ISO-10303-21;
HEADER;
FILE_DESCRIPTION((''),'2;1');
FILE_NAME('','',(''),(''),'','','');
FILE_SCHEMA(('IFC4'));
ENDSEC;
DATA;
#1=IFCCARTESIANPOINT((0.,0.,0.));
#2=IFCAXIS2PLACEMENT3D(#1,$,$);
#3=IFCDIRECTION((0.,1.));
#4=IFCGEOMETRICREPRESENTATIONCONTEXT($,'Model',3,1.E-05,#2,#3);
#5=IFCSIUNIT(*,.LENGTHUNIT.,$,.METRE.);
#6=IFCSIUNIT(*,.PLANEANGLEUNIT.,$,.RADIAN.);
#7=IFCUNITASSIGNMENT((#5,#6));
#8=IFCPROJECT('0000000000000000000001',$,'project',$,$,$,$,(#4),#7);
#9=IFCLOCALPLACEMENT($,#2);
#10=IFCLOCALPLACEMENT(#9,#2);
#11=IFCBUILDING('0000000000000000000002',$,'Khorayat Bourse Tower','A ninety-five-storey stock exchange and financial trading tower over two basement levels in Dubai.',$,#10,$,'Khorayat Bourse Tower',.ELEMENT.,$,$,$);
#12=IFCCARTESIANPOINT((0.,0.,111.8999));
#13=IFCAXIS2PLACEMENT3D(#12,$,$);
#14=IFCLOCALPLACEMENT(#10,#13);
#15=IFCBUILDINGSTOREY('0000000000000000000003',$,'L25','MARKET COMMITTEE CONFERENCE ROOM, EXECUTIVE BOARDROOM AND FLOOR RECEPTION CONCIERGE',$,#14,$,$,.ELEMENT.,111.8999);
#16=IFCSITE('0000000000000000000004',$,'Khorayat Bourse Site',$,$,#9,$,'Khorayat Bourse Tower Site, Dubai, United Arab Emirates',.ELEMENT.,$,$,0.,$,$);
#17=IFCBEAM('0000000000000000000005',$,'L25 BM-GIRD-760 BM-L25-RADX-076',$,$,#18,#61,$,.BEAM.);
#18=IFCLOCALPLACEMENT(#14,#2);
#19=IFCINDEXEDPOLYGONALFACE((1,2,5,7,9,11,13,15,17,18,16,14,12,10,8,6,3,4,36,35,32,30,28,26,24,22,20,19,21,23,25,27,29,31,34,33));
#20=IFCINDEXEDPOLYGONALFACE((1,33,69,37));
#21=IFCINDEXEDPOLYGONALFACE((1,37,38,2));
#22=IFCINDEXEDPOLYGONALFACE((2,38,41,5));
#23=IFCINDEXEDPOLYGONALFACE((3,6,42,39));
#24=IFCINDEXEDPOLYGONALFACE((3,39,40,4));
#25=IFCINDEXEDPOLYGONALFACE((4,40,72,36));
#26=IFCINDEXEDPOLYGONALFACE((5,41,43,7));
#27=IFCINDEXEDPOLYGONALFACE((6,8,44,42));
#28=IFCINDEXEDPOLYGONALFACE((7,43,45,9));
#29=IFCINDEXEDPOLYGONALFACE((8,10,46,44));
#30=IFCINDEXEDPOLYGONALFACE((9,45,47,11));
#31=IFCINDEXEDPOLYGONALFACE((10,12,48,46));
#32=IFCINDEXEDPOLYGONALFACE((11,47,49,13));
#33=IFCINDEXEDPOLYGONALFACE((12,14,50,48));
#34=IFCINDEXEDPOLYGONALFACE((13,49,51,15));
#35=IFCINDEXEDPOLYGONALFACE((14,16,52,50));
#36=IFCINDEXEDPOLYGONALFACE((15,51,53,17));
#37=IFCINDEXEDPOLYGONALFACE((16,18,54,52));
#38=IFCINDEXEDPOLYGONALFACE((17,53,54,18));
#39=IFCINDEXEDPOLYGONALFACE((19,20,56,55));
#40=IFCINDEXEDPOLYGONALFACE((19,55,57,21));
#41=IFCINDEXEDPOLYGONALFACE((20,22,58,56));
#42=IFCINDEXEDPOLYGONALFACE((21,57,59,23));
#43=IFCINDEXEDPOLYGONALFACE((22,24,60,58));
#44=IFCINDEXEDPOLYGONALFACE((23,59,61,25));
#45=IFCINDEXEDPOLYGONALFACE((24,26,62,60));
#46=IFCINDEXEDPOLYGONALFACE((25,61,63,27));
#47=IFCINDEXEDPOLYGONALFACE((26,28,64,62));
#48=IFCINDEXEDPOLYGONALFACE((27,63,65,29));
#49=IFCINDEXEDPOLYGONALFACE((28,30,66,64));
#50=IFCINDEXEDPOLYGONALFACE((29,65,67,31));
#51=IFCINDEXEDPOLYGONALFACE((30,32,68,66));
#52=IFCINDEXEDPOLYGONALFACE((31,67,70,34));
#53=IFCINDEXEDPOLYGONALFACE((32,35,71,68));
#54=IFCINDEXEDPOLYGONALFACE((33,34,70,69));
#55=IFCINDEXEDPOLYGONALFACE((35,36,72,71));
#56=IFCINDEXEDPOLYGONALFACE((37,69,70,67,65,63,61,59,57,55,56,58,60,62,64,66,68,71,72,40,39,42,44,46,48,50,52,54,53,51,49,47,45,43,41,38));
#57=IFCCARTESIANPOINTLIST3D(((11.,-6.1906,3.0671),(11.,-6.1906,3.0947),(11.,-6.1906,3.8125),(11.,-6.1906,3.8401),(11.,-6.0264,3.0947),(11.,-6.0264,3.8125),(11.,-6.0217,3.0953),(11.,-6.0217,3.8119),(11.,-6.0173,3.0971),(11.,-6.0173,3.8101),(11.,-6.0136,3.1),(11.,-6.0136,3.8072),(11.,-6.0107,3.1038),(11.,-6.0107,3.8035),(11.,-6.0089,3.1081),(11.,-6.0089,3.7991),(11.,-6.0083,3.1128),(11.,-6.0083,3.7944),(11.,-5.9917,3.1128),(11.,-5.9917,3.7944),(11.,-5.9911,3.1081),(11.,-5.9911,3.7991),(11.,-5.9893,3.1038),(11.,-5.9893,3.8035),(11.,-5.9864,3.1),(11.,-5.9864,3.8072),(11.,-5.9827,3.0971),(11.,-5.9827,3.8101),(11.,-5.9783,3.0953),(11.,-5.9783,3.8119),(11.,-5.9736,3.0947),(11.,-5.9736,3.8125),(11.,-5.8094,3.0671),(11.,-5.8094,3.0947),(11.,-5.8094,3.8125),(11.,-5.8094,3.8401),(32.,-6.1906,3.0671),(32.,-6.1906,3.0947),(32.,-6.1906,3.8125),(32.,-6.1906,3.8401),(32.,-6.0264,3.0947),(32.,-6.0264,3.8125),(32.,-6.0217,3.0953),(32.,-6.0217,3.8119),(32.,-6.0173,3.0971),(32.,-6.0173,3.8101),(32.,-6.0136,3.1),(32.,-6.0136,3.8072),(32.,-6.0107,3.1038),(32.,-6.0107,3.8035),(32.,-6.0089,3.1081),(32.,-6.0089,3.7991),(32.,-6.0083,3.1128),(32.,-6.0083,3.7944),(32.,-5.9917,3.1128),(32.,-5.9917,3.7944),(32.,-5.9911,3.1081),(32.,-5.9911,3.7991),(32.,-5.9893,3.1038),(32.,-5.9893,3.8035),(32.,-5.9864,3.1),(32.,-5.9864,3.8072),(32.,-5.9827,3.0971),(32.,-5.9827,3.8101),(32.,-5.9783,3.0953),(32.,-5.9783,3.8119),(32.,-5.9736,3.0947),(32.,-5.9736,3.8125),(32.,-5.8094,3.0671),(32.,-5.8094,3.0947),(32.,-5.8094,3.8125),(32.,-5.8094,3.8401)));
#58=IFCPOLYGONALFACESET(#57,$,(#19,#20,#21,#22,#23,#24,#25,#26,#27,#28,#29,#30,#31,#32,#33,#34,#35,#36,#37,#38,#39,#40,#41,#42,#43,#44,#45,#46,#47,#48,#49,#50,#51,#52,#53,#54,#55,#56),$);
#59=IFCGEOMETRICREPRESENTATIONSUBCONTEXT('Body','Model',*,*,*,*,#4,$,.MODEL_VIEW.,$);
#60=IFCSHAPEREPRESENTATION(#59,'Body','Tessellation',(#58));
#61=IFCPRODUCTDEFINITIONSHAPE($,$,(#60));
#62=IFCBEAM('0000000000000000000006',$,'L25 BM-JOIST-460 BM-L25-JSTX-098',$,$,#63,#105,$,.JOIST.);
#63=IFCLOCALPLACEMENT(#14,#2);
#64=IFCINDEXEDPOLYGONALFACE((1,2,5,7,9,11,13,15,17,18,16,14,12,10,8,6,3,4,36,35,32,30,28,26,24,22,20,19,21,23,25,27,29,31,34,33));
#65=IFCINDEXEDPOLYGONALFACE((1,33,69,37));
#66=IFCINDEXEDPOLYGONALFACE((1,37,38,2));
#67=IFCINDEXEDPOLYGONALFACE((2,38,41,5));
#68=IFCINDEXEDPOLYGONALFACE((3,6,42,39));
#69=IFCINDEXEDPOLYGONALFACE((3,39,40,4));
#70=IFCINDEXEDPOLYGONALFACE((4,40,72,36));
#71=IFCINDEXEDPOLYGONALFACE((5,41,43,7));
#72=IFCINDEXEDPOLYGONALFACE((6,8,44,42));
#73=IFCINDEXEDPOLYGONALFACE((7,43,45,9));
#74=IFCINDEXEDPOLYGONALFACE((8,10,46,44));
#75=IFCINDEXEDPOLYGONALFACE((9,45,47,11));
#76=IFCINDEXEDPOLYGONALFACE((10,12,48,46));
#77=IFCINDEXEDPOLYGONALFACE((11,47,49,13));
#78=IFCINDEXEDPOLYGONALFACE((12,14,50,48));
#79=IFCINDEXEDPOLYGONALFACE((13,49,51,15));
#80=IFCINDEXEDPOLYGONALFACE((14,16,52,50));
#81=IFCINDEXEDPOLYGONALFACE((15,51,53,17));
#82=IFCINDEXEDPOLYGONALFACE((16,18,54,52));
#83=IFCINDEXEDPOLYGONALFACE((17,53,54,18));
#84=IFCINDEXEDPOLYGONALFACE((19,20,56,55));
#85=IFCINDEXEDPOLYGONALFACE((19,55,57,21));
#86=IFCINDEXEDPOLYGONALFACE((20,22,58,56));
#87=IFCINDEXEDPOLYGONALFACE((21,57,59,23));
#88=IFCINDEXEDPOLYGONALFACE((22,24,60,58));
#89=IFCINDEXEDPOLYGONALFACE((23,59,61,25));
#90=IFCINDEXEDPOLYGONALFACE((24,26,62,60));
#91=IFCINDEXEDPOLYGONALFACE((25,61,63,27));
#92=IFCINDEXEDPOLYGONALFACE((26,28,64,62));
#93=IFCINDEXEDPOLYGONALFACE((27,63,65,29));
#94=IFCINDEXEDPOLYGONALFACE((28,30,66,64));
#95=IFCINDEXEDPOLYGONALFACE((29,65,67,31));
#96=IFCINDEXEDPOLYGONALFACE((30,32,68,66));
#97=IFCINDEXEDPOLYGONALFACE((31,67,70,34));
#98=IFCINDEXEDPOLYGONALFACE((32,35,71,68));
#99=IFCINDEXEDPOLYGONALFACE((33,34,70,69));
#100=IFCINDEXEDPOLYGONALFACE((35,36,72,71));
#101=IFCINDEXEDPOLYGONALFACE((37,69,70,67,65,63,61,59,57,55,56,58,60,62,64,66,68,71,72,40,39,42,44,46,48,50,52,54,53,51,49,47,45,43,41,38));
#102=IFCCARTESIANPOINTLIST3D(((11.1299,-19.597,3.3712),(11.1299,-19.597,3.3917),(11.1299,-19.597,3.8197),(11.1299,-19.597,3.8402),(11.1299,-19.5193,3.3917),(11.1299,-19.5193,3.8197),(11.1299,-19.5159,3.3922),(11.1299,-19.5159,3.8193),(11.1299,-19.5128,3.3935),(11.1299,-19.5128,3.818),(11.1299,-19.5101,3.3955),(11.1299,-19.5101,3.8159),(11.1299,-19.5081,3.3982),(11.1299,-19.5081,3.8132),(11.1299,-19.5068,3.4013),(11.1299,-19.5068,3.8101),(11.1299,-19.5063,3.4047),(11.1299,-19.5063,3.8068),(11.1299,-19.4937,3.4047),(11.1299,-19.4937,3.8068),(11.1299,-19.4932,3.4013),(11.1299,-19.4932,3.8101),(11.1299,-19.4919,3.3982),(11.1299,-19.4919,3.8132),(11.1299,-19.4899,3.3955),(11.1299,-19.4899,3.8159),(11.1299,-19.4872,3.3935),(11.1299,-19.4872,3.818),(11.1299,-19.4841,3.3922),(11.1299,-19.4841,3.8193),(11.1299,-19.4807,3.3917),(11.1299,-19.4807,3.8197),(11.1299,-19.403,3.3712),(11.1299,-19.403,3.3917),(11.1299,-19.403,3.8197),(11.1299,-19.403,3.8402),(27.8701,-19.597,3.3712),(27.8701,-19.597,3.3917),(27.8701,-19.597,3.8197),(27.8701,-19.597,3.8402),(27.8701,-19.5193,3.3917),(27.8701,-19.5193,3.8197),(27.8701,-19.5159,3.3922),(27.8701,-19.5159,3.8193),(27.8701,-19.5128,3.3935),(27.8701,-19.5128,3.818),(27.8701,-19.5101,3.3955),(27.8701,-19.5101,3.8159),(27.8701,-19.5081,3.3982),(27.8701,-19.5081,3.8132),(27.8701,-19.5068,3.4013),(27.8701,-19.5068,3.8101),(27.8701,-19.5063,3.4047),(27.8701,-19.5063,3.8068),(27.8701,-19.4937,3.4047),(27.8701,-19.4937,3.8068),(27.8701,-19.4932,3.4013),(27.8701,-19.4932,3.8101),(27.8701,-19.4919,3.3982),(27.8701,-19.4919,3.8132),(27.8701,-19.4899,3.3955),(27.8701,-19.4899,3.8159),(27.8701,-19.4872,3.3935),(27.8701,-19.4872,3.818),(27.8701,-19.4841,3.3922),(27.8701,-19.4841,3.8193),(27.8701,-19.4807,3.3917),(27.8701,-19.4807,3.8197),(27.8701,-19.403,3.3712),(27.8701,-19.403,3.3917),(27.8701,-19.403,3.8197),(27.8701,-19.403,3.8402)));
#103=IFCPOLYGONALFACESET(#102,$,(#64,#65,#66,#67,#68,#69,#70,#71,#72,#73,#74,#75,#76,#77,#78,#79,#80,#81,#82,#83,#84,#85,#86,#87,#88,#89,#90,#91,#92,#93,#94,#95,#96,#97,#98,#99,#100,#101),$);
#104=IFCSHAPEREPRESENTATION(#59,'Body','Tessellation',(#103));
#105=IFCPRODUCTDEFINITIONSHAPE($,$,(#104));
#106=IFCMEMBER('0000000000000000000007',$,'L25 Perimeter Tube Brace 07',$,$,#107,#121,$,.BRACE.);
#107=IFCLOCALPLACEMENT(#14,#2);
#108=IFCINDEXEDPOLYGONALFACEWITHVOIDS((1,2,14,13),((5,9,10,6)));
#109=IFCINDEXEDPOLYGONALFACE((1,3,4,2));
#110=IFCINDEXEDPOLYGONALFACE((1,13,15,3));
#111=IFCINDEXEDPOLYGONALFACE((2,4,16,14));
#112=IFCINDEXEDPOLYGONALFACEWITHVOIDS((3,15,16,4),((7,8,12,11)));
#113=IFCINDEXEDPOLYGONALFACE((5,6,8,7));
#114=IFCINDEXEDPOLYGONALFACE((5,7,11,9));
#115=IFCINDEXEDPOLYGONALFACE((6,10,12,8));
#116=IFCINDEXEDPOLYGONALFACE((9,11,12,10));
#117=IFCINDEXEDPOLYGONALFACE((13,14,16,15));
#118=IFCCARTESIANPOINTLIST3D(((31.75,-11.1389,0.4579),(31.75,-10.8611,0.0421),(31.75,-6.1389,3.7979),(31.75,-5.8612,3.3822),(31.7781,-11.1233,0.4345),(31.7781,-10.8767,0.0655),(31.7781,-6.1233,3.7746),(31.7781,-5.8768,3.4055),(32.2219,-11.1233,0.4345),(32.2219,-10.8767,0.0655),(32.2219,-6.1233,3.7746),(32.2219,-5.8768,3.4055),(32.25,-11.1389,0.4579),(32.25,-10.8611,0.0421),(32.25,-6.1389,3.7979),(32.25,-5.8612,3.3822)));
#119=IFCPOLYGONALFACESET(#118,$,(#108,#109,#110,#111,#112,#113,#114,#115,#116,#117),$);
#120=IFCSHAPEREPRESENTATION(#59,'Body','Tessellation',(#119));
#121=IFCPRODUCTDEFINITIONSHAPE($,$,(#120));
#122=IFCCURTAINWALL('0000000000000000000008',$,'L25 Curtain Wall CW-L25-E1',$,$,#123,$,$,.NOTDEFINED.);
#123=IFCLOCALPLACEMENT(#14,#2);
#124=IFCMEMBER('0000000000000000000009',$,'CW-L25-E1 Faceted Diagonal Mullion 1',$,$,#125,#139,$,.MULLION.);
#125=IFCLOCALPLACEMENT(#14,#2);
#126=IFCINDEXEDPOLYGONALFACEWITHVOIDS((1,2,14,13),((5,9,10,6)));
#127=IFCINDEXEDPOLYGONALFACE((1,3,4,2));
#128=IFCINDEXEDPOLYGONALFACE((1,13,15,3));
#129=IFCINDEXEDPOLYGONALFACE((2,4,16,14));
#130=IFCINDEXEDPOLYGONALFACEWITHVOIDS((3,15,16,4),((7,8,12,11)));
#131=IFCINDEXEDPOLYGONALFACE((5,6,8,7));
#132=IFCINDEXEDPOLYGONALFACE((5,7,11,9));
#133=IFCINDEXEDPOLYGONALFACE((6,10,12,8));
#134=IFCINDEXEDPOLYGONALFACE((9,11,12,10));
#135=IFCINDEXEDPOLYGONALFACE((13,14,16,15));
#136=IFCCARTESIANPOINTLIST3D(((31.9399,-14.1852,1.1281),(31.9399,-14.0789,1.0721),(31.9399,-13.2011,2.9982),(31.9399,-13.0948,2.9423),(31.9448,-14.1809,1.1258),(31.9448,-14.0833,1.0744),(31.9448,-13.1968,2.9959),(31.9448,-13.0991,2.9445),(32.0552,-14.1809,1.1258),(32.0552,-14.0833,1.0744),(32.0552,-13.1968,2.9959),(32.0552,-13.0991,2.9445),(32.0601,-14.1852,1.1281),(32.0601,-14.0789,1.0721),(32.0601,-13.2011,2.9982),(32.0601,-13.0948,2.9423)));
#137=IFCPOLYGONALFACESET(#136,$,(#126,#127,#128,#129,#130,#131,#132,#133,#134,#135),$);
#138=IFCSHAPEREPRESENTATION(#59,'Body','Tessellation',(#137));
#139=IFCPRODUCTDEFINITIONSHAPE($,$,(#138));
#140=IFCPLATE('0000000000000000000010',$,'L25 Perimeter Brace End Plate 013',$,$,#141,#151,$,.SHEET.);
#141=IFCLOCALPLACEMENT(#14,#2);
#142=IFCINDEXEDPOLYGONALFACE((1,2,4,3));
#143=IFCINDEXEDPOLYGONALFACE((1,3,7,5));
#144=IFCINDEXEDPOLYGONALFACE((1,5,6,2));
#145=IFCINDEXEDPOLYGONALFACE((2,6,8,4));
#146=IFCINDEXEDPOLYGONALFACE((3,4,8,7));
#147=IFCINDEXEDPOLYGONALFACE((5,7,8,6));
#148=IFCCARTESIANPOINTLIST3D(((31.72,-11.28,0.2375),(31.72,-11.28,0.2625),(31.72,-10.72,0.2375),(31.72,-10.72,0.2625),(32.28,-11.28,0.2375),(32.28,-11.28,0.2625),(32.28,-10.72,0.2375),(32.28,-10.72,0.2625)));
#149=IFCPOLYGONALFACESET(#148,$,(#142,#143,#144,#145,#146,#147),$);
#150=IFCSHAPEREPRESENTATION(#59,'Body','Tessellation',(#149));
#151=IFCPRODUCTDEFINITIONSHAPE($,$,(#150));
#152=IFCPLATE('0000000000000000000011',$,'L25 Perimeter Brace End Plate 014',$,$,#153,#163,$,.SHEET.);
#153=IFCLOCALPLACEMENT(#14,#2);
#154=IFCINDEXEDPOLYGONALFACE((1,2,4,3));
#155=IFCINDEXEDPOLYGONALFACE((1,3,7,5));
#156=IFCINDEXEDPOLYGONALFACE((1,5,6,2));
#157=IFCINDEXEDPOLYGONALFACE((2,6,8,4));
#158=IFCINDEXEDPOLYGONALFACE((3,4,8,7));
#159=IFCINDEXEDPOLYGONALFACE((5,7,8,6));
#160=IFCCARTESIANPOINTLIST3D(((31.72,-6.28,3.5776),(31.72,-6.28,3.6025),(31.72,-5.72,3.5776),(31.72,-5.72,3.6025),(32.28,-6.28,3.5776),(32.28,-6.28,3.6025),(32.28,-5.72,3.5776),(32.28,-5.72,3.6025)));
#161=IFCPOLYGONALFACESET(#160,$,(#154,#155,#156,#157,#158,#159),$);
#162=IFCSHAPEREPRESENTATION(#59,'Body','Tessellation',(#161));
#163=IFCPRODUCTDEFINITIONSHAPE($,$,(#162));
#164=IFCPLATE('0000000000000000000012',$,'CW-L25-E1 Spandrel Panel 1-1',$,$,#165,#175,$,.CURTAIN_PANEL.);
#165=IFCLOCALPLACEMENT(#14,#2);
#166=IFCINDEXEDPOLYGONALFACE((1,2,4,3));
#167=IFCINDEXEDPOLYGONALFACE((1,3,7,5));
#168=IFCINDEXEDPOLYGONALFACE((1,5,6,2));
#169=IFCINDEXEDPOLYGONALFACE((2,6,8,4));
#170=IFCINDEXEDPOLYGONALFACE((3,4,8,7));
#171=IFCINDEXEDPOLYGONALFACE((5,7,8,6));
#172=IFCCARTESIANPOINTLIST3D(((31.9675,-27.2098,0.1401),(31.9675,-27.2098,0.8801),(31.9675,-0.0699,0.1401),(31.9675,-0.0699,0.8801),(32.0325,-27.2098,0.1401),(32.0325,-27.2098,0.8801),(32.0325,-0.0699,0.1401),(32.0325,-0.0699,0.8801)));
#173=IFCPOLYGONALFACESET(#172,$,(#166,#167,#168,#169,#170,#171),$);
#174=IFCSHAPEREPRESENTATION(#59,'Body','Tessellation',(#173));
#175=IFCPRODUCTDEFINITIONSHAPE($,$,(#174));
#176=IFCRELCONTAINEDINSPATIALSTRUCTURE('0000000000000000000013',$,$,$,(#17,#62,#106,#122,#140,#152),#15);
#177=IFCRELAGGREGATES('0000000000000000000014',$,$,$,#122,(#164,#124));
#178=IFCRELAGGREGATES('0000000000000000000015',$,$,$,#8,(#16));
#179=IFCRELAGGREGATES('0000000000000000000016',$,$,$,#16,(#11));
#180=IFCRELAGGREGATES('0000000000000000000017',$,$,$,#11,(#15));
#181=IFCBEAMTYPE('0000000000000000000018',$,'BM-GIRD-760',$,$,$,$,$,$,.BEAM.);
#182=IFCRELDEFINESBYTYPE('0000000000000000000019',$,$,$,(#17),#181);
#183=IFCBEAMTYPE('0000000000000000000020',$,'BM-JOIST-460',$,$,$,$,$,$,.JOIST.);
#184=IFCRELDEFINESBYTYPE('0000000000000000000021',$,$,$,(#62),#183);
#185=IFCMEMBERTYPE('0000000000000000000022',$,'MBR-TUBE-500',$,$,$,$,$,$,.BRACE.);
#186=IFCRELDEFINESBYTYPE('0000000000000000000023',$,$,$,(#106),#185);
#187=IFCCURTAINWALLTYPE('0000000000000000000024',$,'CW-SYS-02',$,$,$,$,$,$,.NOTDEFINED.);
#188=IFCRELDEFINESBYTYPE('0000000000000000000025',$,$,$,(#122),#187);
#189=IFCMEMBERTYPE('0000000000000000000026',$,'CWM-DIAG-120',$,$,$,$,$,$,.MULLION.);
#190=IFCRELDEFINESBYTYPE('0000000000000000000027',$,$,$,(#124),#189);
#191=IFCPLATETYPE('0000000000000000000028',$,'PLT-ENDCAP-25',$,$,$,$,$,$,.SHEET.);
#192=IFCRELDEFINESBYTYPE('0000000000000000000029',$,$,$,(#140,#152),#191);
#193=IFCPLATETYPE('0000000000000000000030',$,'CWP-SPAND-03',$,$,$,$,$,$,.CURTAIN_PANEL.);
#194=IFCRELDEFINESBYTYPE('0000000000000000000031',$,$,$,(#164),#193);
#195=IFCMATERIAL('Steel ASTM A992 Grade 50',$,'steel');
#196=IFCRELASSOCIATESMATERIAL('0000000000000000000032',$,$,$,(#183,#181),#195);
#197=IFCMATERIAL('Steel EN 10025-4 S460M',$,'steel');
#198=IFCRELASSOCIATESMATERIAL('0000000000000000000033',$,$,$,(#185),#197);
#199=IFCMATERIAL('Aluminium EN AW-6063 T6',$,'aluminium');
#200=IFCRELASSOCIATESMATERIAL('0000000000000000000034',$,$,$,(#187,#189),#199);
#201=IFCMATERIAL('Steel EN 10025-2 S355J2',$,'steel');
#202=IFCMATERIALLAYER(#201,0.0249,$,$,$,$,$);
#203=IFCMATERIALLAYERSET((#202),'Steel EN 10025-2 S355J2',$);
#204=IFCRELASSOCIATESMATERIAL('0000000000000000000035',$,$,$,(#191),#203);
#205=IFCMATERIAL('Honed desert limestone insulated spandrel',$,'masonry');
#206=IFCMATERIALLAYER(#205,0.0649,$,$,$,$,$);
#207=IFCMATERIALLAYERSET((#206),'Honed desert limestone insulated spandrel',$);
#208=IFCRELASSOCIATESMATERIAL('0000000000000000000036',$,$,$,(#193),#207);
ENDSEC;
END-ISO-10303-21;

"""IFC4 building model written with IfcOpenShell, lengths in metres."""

from ifc_helpers import new_model, si_unit, direction, frame, origin, origin_2d, place, context, subcontext, project, spatial, rectangle, hollow_rectangle, i_section, extrude, source, transform, mapped, material, layer, layer_set, material_profile, profile_set, type_object, element, aggregate, save


model = new_model("IFC4")

# Units and contexts
model_context = context("Model", 3, precision=1e-05, world=origin(), true_north=direction((0.0, 1.0)))
body_context = subcontext(model_context, "Body", "Model", "MODEL_VIEW")
ifc_project = project(units=[si_unit("LENGTHUNIT", "METRE"), si_unit("PLANEANGLEUNIT", "RADIAN")], contexts=[model_context])

# Site, building, storey
site_placement = place(None, origin())
site = spatial("IfcSite", under=ifc_project, at=site_placement, Name="Khorayat Bourse Site", LongName="Khorayat Bourse Tower Site, Dubai, United Arab Emirates", CompositionType="ELEMENT", RefElevation=0.0)
building_placement = place(site_placement, origin())
building = spatial("IfcBuilding", under=site, at=building_placement, Name="Khorayat Bourse Tower", Description="A ninety-five-storey stock exchange and financial trading tower over two basement levels in Dubai.", LongName="Khorayat Bourse Tower", CompositionType="ELEMENT")
storey_placement = place(building_placement, frame((0.0, 0.0, 111.8999)))
storey = spatial("IfcBuildingStorey", under=building, at=storey_placement, Name="L25", Description="MARKET COMMITTEE CONFERENCE ROOM, EXECUTIVE BOARDROOM AND FLOOR RECEPTION CONCIERGE", CompositionType="ELEMENT", Elevation=111.8999)

# Shared definitions
ifc_material_1 = material(Name="Steel EN 10025-4 S460M", Category="steel")

# Beams
ifc_material_2 = material(Name="Steel ASTM A992 Grade 50", Category="steel")
ifc_material_profile_1 = material_profile(ifc_material_2, i_section(OverallWidth=0.1941, OverallDepth=0.469, WebThickness=0.0127, FlangeThickness=0.0205, FilletRadius=0.0129, at=origin_2d()), Name="W460X106")
ifc_profile_set_1 = profile_set([ifc_material_profile_1], Name="Steel ASTM A992 Grade 50")
beam_type_1 = type_object("IfcBeamType", Name="BM-JOIST-460", PredefinedType="JOIST", material=ifc_profile_set_1)
ifc_material_profile_2 = material_profile(ifc_material_2, i_section(OverallWidth=0.3811, OverallDepth=0.7729, WebThickness=0.0166, FlangeThickness=0.0276, FilletRadius=0.0181, at=origin_2d()), Name="W760X257")
ifc_profile_set_2 = profile_set([ifc_material_profile_2], Name="Steel ASTM A992 Grade 50")
beam_type_2 = type_object("IfcBeamType", Name="BM-GIRD-760", PredefinedType="BEAM", material=ifc_profile_set_2)
shared_shape_1 = source(origin(), body_context, "Body", "SweptSolid", [
    extrude(i_section(OverallWidth=0.3811, OverallDepth=0.7729, WebThickness=0.0166, FlangeThickness=0.0276, FilletRadius=0.0181, at=origin_2d()), origin(), (0.0, 0.0, 1.0), 21.0),
])
beam_1_placement = place(storey_placement, frame((11.0, -6.0, 3.4536), z_axis=(1.0, 0.0, 0.0), x_axis=(0.0, 1.0, 0.0)))
element("IfcBeam", 1, at=beam_1_placement, inside=storey, type_object=beam_type_2, Name="L25 BM-GIRD-760 BM-L25-RADX-076", PredefinedType="BEAM", context=body_context, shape_type="MappedRepresentation", body=[
    mapped(shared_shape_1, transform((0.0, 0.0, 0.0), scale=1.0)),
])
shared_shape_2 = source(origin(), body_context, "Body", "SweptSolid", [
    extrude(i_section(OverallWidth=0.1941, OverallDepth=0.469, WebThickness=0.0127, FlangeThickness=0.0205, FilletRadius=0.0129, at=origin_2d()), origin(), (0.0, 0.0, 1.0), 16.7402),
])
beam_2_placement = place(storey_placement, frame((11.1299, -19.5, 3.6057), z_axis=(1.0, 0.0, 0.0), x_axis=(0.0, 1.0, 0.0)))
element("IfcBeam", 2, at=beam_2_placement, inside=storey, type_object=beam_type_1, Name="L25 BM-JOIST-460 BM-L25-JSTX-098", PredefinedType="JOIST", context=body_context, shape_type="MappedRepresentation", body=[
    mapped(shared_shape_2, transform((0.0, 0.0, 0.0), scale=1.0)),
])

# Member
ifc_material_profile_3 = material_profile(ifc_material_1, hollow_rectangle(XDim=0.5, YDim=0.5, WallThickness=0.0281, at=origin_2d()), Name="HSS 500x500x28")
ifc_profile_set_3 = profile_set([ifc_material_profile_3], Name="Steel EN 10025-4 S460M")
member_type_1 = type_object("IfcMemberType", Name="MBR-TUBE-500", PredefinedType="BRACE", material=ifc_profile_set_3)
shared_shape_3 = source(origin(), body_context, "Body", "SweptSolid", [
    extrude(hollow_rectangle(XDim=0.5, YDim=0.5, WallThickness=0.0281, at=origin_2d()), origin(), (0.0, 0.0, 1.0), 6.0129),
])
member_1_placement = place(storey_placement, frame((32.0, -11.0, 0.25), z_axis=(0.0, 0.831531, 0.555478), x_axis=(-1.0, 0.0, 0.0)))
element("IfcMember", 3, at=member_1_placement, inside=storey, type_object=member_type_1, Name="L25 Perimeter Tube Brace 07", PredefinedType="BRACE", context=body_context, shape_type="MappedRepresentation", body=[
    mapped(shared_shape_3, transform((0.0, 0.0, 0.0), scale=1.0)),
])

# Curtain wall, member
ifc_material_3 = material(Name="Aluminium EN AW-6063 T6", Category="aluminium")
curtain_wall_type = type_object("IfcCurtainWallType", Name="CW-SYS-02", PredefinedType="NOTDEFINED", material=ifc_material_3)
curtain_wall_placement = place(storey_placement, origin())
curtain_wall = element("IfcCurtainWall", 4, at=curtain_wall_placement, inside=storey, type_object=curtain_wall_type, Name="L25 Curtain Wall CW-L25-E1", PredefinedType="NOTDEFINED")
ifc_material_profile_4 = material_profile(ifc_material_3, hollow_rectangle(XDim=0.1201, YDim=0.1201, WallThickness=0.0049, at=origin_2d()), Name="ALU 120x120x5")
ifc_profile_set_4 = profile_set([ifc_material_profile_4], Name="Aluminium EN AW-6063 T6")
member_type_2 = type_object("IfcMemberType", Name="CWM-DIAG-120", PredefinedType="MULLION", material=ifc_profile_set_4)
shared_shape_4 = source(origin(), body_context, "Body", "SweptSolid", [
    extrude(hollow_rectangle(XDim=0.1201, YDim=0.1201, WallThickness=0.0049, at=origin_2d()), origin(), (0.0, 0.0, 1.0), 2.1133),
])
member_2_placement = place(storey_placement, frame((32.0, -14.1321, 1.1001), z_axis=(0.0, 0.465694, 0.884946), x_axis=(-1.0, 0.0, 0.0)))
member_2 = element("IfcMember", 5, at=member_2_placement, type_object=member_type_2, Name="CW-L25-E1 Faceted Diagonal Mullion 1", PredefinedType="MULLION", context=body_context, shape_type="MappedRepresentation", body=[
    mapped(shared_shape_4, transform((0.0, 0.0, 0.0), scale=1.0)),
])

# Plates
ifc_material_4 = material(Name="Steel EN 10025-2 S355J2", Category="steel")
ifc_layer_1 = layer(ifc_material_4, 0.0249)
ifc_layer_set_1 = layer_set([ifc_layer_1], Name="Steel EN 10025-2 S355J2")
plate_type_1 = type_object("IfcPlateType", Name="PLT-ENDCAP-25", PredefinedType="SHEET", material=ifc_layer_set_1)
shared_shape_5 = source(origin(), body_context, "Body", "SweptSolid", [
    extrude(rectangle(XDim=0.5601, YDim=0.5601, at=origin_2d()), origin(), (0.0, 0.0, 1.0), 0.0249),
])
for number, where, z_axis, x_axis, name in (
    (6, (32.0, -11.0, 0.2375), (0.0, 0.0, 1.0), (1.0, 0.0, 0.0), "L25 Perimeter Brace End Plate 013"),
    (7, (32.0, -6.0, 3.5776), (0.0, 0.0, 1.0), (1.0, 0.0, 0.0), "L25 Perimeter Brace End Plate 014"),
):
    element("IfcPlate", number, at=place(storey_placement, frame(where, z_axis=z_axis, x_axis=x_axis)), inside=storey, type_object=plate_type_1, Name=name, PredefinedType="SHEET", context=body_context, shape_type="MappedRepresentation", body=[
        mapped(shared_shape_5, transform((0.0, 0.0, 0.0), scale=1.0)),
    ])

# Plate
ifc_material_5 = material(Name="Honed desert limestone insulated spandrel", Category="masonry")
ifc_layer_2 = layer(ifc_material_5, 0.0649)
ifc_layer_set_2 = layer_set([ifc_layer_2], Name="Honed desert limestone insulated spandrel")
plate_type_2 = type_object("IfcPlateType", Name="CWP-SPAND-03", PredefinedType="CURTAIN_PANEL", material=ifc_layer_set_2)
shared_shape_6 = source(origin(), body_context, "Body", "SweptSolid", [
    extrude(rectangle(XDim=27.1399, YDim=0.0649, at=origin_2d()), origin(), (0.0, 0.0, 1.0), 0.74),
])
plate_1_placement = place(storey_placement, frame((32.0, -13.6399, 0.1401), z_axis=(0.0, 0.0, 1.0), x_axis=(0.0, 1.0, 0.0)))
plate_1 = element("IfcPlate", 8, at=plate_1_placement, type_object=plate_type_2, Name="CW-L25-E1 Spandrel Panel 1-1", PredefinedType="CURTAIN_PANEL", context=body_context, shape_type="MappedRepresentation", body=[
    mapped(shared_shape_6, transform((0.0, 0.0, 0.0), scale=1.0)),
])
aggregate(curtain_wall, [plate_1, member_2])

save(model, "model.ifc")
